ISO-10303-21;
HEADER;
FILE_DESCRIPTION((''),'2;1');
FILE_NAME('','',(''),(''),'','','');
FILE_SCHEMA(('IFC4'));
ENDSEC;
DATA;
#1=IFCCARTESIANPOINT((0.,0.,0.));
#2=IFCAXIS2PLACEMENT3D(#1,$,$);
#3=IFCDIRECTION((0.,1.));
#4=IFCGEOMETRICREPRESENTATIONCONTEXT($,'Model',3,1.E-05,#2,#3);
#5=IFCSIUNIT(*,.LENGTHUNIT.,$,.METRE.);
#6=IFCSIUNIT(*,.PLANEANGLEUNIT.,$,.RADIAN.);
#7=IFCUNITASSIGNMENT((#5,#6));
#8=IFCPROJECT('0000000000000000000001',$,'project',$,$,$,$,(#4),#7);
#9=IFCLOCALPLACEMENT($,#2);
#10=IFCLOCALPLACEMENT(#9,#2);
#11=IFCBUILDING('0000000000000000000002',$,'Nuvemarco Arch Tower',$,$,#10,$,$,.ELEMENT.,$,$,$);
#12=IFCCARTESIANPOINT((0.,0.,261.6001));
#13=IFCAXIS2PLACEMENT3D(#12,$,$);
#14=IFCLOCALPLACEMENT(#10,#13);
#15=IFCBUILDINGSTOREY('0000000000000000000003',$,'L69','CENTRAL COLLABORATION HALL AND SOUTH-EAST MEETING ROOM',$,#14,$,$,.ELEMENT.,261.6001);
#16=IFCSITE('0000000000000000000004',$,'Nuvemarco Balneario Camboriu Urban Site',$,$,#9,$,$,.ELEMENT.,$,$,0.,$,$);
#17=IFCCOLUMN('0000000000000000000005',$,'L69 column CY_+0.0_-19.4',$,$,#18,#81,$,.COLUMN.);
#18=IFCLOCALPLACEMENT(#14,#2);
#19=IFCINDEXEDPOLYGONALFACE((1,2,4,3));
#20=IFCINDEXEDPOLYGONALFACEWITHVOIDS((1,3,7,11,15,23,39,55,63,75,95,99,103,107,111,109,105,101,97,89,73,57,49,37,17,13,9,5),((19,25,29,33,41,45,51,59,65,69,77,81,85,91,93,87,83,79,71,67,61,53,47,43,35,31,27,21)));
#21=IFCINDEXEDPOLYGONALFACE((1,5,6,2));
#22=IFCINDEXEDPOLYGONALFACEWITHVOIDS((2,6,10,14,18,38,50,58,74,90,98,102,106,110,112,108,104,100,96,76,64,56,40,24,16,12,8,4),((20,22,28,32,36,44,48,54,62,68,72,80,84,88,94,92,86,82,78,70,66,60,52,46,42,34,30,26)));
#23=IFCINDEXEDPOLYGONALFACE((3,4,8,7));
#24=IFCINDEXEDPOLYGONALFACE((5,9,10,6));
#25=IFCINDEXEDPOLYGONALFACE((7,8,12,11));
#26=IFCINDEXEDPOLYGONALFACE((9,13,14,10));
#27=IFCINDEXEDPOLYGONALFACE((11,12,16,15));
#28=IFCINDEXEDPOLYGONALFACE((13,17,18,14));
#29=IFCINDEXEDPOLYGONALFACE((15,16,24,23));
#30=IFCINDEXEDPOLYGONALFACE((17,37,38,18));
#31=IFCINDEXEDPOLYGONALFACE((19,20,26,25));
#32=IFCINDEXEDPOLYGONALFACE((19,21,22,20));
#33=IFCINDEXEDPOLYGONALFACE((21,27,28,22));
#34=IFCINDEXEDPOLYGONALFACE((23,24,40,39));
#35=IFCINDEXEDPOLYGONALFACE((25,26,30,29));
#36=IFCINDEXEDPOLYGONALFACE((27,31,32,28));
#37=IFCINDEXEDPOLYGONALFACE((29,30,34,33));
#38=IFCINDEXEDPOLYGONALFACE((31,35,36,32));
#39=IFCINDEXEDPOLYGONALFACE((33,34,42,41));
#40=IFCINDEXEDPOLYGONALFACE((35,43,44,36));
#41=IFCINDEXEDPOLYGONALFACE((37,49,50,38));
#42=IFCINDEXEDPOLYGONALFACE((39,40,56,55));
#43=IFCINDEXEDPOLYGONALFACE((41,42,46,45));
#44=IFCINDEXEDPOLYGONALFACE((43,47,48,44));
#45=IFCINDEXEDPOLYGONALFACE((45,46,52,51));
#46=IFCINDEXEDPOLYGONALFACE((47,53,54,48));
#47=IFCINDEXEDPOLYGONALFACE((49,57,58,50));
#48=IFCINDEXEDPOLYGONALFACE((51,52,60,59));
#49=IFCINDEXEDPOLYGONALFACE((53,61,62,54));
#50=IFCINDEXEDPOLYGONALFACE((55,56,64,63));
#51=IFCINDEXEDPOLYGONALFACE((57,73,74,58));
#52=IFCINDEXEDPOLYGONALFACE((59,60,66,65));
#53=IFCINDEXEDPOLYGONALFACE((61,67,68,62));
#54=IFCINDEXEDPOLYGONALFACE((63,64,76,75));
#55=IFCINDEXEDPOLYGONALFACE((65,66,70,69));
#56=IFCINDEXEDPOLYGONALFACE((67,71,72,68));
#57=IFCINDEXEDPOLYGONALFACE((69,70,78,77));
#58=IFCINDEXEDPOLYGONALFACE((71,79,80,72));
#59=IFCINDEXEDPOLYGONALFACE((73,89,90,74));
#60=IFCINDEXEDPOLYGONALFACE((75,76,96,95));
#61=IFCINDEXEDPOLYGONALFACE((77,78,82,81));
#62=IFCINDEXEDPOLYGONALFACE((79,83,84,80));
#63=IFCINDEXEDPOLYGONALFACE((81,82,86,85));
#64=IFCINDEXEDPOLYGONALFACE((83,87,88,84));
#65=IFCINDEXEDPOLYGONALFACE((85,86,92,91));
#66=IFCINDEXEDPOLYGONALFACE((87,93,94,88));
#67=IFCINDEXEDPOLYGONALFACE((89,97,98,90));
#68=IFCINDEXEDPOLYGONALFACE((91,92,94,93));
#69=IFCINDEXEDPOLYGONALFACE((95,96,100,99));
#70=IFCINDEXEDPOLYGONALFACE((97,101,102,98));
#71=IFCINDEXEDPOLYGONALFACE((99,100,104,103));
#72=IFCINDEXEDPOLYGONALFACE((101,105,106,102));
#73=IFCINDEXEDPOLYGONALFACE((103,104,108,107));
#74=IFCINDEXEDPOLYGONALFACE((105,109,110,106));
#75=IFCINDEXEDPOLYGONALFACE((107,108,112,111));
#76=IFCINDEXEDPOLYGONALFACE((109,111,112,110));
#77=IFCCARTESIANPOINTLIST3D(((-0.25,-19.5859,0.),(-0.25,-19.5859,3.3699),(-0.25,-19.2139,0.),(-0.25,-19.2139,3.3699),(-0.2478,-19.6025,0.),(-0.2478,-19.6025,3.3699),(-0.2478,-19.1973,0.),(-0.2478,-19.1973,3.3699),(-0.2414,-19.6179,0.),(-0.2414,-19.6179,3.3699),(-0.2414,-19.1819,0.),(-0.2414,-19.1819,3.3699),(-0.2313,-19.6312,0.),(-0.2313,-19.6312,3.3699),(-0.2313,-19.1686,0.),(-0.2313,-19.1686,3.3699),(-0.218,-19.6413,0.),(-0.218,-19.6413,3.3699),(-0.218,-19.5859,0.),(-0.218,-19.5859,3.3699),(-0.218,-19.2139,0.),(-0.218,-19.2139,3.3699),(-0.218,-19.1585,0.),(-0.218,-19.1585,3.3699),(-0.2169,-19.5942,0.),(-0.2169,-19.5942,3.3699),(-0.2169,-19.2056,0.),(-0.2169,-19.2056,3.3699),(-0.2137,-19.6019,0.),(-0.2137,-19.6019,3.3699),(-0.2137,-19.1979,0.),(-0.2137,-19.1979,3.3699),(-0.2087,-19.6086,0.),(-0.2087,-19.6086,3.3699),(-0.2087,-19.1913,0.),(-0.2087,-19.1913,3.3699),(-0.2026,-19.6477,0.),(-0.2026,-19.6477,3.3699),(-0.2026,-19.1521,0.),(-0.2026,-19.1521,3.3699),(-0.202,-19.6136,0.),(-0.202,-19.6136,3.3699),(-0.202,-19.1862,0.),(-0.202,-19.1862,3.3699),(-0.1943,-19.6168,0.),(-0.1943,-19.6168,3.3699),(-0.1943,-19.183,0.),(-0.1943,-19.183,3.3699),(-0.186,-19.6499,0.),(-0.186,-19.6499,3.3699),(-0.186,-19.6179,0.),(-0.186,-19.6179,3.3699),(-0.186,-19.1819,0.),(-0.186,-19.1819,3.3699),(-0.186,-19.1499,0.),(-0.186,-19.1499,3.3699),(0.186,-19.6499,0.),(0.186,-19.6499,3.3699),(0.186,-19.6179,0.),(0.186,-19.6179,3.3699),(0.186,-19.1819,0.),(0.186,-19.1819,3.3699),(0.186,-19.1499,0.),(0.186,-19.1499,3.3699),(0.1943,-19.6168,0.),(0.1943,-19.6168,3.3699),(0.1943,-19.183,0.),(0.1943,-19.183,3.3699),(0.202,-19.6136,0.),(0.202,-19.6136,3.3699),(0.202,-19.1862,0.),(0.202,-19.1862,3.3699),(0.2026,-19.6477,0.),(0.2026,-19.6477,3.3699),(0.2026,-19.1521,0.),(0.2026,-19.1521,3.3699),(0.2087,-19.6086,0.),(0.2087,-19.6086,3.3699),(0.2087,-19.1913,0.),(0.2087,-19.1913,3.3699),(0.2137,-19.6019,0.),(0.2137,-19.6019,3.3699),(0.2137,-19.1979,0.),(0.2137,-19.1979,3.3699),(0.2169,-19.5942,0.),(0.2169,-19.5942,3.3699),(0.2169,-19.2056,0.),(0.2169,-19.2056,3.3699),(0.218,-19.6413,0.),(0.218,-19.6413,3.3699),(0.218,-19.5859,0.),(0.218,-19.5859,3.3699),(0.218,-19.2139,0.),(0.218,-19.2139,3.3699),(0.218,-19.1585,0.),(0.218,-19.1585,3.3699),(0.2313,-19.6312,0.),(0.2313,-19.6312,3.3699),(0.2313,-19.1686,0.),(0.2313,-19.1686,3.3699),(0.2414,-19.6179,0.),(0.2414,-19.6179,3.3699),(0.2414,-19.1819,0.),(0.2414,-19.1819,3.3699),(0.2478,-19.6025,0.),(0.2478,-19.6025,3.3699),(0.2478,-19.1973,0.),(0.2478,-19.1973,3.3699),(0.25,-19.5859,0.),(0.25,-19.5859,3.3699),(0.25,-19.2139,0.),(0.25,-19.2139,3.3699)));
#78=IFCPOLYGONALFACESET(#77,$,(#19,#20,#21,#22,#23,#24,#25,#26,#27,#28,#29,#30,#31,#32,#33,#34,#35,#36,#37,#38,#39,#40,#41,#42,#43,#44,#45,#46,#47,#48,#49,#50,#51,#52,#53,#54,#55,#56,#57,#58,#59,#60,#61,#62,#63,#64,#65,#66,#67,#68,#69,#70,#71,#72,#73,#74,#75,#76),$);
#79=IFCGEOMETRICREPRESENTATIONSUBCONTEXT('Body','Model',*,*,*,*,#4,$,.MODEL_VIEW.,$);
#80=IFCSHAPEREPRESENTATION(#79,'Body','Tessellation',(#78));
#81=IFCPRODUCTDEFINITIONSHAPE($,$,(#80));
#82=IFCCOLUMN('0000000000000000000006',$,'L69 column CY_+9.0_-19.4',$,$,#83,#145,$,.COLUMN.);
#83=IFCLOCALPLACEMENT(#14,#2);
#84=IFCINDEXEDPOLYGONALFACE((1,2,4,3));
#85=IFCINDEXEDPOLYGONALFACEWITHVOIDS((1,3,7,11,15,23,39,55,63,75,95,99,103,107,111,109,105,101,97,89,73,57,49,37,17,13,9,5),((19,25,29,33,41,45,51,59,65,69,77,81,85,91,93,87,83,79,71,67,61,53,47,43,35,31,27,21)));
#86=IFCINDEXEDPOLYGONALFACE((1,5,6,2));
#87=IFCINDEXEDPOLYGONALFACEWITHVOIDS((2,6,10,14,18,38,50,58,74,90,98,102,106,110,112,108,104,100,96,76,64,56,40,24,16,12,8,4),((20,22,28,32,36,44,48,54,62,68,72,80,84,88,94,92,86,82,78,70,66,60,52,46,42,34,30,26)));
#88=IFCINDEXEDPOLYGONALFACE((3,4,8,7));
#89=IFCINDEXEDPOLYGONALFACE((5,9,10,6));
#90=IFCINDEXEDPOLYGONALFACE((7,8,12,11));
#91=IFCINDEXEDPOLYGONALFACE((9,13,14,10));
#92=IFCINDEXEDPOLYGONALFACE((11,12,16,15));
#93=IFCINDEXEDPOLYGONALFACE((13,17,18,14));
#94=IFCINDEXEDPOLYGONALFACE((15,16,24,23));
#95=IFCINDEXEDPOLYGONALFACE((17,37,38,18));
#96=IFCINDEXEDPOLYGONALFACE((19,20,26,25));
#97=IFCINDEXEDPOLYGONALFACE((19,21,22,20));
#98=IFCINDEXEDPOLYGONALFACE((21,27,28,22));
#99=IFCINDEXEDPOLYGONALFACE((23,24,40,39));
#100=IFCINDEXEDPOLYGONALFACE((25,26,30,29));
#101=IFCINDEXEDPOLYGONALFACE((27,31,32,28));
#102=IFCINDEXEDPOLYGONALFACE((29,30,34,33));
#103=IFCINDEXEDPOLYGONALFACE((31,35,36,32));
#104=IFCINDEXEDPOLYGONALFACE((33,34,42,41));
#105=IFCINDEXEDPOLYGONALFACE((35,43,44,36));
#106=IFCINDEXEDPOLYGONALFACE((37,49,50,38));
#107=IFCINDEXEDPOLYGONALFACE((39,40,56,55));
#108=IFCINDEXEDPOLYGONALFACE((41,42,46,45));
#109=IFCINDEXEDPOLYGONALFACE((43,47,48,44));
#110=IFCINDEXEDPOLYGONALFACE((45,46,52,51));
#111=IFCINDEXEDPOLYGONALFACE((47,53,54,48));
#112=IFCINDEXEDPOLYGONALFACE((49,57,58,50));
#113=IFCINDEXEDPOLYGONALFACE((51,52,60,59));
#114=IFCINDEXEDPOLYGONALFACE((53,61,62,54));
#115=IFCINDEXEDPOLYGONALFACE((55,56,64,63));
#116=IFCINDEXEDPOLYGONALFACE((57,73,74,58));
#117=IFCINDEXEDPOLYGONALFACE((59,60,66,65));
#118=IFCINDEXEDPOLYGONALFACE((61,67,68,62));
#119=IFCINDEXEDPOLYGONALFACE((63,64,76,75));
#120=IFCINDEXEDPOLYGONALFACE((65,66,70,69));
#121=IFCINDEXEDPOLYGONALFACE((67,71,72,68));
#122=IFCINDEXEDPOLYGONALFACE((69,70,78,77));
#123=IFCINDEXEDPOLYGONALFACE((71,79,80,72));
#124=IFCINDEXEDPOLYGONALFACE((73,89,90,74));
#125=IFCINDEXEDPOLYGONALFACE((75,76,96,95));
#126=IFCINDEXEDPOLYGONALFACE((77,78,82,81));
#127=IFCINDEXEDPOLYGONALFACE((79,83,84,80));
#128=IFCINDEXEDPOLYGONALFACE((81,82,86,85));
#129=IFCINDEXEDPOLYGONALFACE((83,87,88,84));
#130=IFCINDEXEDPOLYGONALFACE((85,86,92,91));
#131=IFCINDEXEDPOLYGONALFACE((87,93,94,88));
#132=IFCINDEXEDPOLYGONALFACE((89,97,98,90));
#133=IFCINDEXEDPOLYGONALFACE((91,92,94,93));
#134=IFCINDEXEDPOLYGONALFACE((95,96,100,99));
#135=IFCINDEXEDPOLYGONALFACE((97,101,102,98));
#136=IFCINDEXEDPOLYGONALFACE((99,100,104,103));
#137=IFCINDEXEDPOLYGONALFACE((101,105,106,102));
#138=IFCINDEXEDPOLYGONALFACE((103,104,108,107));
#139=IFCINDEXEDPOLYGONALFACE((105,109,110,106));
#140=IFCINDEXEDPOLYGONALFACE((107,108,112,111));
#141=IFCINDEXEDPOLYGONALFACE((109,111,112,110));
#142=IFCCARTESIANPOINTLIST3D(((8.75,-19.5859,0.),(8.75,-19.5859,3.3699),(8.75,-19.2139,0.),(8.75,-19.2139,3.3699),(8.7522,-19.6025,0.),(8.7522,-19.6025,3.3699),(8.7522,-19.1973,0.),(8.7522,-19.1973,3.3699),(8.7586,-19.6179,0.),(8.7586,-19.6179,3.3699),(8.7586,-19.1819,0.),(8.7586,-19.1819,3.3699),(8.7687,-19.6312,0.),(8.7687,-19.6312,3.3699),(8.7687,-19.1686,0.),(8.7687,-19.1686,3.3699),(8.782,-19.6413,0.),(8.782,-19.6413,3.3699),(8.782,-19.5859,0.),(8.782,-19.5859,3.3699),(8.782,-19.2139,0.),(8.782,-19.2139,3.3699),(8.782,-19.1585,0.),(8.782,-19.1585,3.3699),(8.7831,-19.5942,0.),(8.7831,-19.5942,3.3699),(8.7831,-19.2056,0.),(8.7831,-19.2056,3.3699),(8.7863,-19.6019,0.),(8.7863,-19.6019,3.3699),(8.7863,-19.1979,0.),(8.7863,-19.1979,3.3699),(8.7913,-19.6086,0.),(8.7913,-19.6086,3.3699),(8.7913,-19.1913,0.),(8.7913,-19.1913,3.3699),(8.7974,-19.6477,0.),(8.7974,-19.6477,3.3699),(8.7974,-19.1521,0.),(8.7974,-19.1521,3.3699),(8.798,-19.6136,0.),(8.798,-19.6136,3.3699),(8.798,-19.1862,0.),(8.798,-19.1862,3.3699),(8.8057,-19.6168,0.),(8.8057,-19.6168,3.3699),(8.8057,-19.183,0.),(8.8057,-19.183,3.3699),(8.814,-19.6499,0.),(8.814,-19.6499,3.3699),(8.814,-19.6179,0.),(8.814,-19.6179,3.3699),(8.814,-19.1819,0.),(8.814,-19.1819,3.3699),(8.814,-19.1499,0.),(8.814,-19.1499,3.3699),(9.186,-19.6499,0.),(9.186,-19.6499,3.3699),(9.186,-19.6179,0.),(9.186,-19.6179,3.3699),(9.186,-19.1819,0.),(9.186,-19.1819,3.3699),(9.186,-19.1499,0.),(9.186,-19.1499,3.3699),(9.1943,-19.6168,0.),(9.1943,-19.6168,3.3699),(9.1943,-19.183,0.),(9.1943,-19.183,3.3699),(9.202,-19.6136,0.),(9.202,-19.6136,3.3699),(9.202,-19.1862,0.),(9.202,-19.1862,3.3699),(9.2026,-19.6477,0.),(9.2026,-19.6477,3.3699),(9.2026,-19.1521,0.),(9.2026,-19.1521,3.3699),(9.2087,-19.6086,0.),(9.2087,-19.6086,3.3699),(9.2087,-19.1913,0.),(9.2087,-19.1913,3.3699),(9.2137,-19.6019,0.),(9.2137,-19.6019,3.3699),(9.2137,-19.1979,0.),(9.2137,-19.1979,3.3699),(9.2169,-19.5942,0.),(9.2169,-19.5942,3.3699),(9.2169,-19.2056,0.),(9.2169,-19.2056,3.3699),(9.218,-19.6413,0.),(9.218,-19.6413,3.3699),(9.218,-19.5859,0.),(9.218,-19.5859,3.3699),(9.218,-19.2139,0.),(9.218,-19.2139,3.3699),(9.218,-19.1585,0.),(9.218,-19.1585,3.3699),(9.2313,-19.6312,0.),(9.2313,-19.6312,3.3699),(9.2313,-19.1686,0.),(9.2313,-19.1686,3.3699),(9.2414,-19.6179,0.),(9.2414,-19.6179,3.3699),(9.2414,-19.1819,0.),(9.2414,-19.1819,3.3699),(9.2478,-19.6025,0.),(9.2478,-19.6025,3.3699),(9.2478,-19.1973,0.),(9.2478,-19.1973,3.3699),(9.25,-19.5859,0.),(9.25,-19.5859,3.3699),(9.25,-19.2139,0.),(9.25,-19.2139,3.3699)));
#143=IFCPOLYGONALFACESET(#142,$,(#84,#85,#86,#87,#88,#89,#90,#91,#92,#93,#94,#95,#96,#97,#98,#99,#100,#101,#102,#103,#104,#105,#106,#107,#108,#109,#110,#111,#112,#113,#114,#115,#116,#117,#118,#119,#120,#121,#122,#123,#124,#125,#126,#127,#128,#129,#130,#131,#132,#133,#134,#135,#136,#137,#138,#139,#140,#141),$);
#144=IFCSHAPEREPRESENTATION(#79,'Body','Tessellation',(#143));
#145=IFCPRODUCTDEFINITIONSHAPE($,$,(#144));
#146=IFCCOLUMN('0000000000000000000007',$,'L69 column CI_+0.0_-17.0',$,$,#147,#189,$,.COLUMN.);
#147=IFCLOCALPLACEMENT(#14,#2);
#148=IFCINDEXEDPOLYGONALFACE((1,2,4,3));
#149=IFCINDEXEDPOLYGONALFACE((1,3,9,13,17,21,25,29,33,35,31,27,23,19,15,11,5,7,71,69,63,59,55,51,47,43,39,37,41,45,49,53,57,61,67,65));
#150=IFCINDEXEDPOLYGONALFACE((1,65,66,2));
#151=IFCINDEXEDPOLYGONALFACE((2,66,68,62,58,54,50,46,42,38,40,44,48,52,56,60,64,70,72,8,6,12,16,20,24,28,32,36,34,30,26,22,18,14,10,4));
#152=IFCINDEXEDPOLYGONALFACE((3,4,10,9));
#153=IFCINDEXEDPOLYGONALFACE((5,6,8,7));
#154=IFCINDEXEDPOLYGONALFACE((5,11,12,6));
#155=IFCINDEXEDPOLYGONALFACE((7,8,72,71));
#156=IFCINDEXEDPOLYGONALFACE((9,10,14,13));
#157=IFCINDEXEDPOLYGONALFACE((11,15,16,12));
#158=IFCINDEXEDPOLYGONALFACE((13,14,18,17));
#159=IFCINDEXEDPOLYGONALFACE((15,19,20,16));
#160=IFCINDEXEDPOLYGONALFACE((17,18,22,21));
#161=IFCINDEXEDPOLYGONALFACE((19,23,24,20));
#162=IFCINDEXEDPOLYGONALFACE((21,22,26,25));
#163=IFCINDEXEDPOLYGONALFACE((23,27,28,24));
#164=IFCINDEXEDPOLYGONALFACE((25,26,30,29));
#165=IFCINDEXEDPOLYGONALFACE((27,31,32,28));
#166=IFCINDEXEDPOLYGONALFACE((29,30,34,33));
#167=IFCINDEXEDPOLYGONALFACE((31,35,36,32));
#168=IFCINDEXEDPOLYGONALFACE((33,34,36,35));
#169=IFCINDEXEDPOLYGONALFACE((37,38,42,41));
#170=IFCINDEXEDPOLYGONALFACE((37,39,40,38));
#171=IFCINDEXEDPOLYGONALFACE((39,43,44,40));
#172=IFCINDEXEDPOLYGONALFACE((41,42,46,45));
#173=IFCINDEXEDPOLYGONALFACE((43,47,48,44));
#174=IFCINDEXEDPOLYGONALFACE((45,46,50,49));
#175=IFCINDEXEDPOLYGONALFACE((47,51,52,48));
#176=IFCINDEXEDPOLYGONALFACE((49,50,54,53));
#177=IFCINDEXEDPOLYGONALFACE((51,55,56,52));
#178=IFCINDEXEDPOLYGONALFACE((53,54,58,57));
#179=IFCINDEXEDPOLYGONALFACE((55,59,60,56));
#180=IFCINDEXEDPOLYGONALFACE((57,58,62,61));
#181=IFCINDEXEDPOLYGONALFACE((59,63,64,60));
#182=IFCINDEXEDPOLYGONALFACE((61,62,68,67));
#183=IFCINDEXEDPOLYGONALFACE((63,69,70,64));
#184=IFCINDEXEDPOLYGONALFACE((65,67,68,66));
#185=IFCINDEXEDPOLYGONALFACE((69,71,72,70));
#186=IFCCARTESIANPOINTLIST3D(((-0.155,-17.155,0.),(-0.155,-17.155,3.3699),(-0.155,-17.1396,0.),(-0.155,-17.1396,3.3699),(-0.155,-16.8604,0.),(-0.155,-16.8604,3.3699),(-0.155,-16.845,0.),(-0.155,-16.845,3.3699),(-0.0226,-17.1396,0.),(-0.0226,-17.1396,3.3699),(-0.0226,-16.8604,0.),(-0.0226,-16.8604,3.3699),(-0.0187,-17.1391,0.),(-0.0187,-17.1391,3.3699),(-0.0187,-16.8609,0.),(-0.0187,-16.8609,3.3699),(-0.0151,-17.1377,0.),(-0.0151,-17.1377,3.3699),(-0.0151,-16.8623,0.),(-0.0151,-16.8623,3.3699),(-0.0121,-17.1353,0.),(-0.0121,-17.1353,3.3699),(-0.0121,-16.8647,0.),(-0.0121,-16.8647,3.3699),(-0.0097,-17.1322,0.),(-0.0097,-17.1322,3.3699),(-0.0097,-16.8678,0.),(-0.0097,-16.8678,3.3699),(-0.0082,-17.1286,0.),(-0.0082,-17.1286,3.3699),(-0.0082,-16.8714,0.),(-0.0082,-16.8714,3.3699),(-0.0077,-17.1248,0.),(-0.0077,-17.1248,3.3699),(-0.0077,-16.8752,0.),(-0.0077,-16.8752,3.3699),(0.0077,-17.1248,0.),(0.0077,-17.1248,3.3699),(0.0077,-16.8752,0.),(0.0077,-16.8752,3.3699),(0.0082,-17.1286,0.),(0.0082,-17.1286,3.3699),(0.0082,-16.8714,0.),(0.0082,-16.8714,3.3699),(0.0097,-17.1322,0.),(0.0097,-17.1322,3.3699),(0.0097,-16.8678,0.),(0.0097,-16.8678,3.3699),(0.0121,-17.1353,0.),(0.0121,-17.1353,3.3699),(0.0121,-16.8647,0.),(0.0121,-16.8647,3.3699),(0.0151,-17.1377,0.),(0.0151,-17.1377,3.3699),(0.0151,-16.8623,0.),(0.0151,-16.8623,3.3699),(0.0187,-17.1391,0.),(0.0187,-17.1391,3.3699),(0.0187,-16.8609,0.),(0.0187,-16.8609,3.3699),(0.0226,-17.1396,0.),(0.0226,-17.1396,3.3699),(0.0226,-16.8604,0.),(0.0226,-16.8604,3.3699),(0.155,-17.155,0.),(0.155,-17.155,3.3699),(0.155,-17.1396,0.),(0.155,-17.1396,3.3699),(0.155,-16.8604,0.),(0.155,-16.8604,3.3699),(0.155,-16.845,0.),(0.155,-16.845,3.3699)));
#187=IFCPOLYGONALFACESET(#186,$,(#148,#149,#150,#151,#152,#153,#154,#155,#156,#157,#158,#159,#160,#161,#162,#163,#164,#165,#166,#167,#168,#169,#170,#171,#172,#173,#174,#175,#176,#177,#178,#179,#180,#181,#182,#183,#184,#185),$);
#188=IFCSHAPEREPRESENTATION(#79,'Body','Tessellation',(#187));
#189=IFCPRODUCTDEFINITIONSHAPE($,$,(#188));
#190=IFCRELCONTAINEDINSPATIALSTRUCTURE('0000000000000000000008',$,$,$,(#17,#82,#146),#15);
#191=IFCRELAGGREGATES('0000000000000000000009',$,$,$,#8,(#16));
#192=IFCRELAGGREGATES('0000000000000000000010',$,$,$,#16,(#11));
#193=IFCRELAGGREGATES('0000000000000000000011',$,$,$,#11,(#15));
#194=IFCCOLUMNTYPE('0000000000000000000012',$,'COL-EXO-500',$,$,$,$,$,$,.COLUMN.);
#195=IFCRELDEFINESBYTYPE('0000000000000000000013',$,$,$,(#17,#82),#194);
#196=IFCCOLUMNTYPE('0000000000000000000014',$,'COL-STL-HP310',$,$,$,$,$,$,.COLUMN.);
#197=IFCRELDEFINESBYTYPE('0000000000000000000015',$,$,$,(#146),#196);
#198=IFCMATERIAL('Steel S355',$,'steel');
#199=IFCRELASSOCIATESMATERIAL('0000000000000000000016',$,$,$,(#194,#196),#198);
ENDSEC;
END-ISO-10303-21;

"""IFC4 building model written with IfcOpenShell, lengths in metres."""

from ifc_helpers import new_model, si_unit, direction, frame, origin, origin_2d, place, context, subcontext, project, spatial, hollow_rectangle, i_section, extrude, material, material_profile, profile_set, type_object, element, save


model = new_model("IFC4")

# Units and contexts
model_context = context("Model", 3, precision=1e-05, world=origin(), true_north=direction((0.0, 1.0)))
body_context = subcontext(model_context, "Body", "Model", "MODEL_VIEW")
ifc_project = project(units=[si_unit("LENGTHUNIT", "METRE"), si_unit("PLANEANGLEUNIT", "RADIAN")], contexts=[model_context])

# Site, building, storey
site_placement = place(None, origin())
site = spatial("IfcSite", under=ifc_project, at=site_placement, Name="Nuvemarco Balneario Camboriu Urban Site", CompositionType="ELEMENT", RefElevation=0.0)
building_placement = place(site_placement, origin())
building = spatial("IfcBuilding", under=site, at=building_placement, Name="Nuvemarco Arch Tower", CompositionType="ELEMENT")
storey_placement = place(building_placement, frame((0.0, 0.0, 261.6001)))
storey = spatial("IfcBuildingStorey", under=building, at=storey_placement, Name="L69", Description="CENTRAL COLLABORATION HALL AND SOUTH-EAST MEETING ROOM", CompositionType="ELEMENT", Elevation=261.6001)

# Columns
ifc_material_1 = material(Name="Steel S355", Category="steel")
ifc_material_profile_1 = material_profile(ifc_material_1, hollow_rectangle(XDim=0.5, YDim=0.5, WallThickness=0.032, InnerFilletRadius=0.032, OuterFilletRadius=0.064, at=origin_2d()), Name="SHS500x500x32")
ifc_profile_set_1 = profile_set([ifc_material_profile_1], Name="Steel S355")
column_type_1 = type_object("IfcColumnType", Name="COL-EXO-500", PredefinedType="COLUMN", material=ifc_profile_set_1)
for number, where, z_axis, x_axis, name in (
    (1, (0.0, -19.3999, 0.0), (0.0, 0.0, 1.0), (1.0, 0.0, 0.0), "L69 column CY_+0.0_-19.4"),
    (2, (9.0, -19.3999, 0.0), (0.0, 0.0, 1.0), (1.0, 0.0, 0.0), "L69 column CY_+9.0_-19.4"),
):
    element("IfcColumn", number, at=place(storey_placement, frame(where, z_axis=z_axis, x_axis=x_axis)), inside=storey, type_object=column_type_1, Name=name, PredefinedType="COLUMN", context=body_context, shape_type="SweptSolid", body=[
        extrude(hollow_rectangle(XDim=0.5, YDim=0.5, WallThickness=0.032, InnerFilletRadius=0.032, OuterFilletRadius=0.064, at=origin_2d()), origin(), (0.0, 0.0, 1.0), 3.3699),
    ])
ifc_material_profile_2 = material_profile(ifc_material_1, i_section(OverallWidth=0.3101, OverallDepth=0.3101, WebThickness=0.0154, FlangeThickness=0.0154, FilletRadius=0.0149, at=origin_2d()), Name="HP310x110")
ifc_profile_set_2 = profile_set([ifc_material_profile_2], Name="Steel S355")
column_type_2 = type_object("IfcColumnType", Name="COL-STL-HP310", PredefinedType="COLUMN", material=ifc_profile_set_2)
for number, where, z_axis, x_axis, name in (
    (3, (0.0, -17.0, 0.0), (0.0, 0.0, 1.0), (1.0, 0.0, 0.0), "L69 column CI_+0.0_-17.0"),
):
    element("IfcColumn", number, at=place(storey_placement, frame(where, z_axis=z_axis, x_axis=x_axis)), inside=storey, type_object=column_type_2, Name=name, PredefinedType="COLUMN", context=body_context, shape_type="SweptSolid", body=[
        extrude(i_section(OverallWidth=0.3101, OverallDepth=0.3101, WebThickness=0.0154, FlangeThickness=0.0154, FilletRadius=0.0149, at=origin_2d()), origin(), (0.0, 0.0, 1.0), 3.3699),
    ])

save(model, "model.ifc")
